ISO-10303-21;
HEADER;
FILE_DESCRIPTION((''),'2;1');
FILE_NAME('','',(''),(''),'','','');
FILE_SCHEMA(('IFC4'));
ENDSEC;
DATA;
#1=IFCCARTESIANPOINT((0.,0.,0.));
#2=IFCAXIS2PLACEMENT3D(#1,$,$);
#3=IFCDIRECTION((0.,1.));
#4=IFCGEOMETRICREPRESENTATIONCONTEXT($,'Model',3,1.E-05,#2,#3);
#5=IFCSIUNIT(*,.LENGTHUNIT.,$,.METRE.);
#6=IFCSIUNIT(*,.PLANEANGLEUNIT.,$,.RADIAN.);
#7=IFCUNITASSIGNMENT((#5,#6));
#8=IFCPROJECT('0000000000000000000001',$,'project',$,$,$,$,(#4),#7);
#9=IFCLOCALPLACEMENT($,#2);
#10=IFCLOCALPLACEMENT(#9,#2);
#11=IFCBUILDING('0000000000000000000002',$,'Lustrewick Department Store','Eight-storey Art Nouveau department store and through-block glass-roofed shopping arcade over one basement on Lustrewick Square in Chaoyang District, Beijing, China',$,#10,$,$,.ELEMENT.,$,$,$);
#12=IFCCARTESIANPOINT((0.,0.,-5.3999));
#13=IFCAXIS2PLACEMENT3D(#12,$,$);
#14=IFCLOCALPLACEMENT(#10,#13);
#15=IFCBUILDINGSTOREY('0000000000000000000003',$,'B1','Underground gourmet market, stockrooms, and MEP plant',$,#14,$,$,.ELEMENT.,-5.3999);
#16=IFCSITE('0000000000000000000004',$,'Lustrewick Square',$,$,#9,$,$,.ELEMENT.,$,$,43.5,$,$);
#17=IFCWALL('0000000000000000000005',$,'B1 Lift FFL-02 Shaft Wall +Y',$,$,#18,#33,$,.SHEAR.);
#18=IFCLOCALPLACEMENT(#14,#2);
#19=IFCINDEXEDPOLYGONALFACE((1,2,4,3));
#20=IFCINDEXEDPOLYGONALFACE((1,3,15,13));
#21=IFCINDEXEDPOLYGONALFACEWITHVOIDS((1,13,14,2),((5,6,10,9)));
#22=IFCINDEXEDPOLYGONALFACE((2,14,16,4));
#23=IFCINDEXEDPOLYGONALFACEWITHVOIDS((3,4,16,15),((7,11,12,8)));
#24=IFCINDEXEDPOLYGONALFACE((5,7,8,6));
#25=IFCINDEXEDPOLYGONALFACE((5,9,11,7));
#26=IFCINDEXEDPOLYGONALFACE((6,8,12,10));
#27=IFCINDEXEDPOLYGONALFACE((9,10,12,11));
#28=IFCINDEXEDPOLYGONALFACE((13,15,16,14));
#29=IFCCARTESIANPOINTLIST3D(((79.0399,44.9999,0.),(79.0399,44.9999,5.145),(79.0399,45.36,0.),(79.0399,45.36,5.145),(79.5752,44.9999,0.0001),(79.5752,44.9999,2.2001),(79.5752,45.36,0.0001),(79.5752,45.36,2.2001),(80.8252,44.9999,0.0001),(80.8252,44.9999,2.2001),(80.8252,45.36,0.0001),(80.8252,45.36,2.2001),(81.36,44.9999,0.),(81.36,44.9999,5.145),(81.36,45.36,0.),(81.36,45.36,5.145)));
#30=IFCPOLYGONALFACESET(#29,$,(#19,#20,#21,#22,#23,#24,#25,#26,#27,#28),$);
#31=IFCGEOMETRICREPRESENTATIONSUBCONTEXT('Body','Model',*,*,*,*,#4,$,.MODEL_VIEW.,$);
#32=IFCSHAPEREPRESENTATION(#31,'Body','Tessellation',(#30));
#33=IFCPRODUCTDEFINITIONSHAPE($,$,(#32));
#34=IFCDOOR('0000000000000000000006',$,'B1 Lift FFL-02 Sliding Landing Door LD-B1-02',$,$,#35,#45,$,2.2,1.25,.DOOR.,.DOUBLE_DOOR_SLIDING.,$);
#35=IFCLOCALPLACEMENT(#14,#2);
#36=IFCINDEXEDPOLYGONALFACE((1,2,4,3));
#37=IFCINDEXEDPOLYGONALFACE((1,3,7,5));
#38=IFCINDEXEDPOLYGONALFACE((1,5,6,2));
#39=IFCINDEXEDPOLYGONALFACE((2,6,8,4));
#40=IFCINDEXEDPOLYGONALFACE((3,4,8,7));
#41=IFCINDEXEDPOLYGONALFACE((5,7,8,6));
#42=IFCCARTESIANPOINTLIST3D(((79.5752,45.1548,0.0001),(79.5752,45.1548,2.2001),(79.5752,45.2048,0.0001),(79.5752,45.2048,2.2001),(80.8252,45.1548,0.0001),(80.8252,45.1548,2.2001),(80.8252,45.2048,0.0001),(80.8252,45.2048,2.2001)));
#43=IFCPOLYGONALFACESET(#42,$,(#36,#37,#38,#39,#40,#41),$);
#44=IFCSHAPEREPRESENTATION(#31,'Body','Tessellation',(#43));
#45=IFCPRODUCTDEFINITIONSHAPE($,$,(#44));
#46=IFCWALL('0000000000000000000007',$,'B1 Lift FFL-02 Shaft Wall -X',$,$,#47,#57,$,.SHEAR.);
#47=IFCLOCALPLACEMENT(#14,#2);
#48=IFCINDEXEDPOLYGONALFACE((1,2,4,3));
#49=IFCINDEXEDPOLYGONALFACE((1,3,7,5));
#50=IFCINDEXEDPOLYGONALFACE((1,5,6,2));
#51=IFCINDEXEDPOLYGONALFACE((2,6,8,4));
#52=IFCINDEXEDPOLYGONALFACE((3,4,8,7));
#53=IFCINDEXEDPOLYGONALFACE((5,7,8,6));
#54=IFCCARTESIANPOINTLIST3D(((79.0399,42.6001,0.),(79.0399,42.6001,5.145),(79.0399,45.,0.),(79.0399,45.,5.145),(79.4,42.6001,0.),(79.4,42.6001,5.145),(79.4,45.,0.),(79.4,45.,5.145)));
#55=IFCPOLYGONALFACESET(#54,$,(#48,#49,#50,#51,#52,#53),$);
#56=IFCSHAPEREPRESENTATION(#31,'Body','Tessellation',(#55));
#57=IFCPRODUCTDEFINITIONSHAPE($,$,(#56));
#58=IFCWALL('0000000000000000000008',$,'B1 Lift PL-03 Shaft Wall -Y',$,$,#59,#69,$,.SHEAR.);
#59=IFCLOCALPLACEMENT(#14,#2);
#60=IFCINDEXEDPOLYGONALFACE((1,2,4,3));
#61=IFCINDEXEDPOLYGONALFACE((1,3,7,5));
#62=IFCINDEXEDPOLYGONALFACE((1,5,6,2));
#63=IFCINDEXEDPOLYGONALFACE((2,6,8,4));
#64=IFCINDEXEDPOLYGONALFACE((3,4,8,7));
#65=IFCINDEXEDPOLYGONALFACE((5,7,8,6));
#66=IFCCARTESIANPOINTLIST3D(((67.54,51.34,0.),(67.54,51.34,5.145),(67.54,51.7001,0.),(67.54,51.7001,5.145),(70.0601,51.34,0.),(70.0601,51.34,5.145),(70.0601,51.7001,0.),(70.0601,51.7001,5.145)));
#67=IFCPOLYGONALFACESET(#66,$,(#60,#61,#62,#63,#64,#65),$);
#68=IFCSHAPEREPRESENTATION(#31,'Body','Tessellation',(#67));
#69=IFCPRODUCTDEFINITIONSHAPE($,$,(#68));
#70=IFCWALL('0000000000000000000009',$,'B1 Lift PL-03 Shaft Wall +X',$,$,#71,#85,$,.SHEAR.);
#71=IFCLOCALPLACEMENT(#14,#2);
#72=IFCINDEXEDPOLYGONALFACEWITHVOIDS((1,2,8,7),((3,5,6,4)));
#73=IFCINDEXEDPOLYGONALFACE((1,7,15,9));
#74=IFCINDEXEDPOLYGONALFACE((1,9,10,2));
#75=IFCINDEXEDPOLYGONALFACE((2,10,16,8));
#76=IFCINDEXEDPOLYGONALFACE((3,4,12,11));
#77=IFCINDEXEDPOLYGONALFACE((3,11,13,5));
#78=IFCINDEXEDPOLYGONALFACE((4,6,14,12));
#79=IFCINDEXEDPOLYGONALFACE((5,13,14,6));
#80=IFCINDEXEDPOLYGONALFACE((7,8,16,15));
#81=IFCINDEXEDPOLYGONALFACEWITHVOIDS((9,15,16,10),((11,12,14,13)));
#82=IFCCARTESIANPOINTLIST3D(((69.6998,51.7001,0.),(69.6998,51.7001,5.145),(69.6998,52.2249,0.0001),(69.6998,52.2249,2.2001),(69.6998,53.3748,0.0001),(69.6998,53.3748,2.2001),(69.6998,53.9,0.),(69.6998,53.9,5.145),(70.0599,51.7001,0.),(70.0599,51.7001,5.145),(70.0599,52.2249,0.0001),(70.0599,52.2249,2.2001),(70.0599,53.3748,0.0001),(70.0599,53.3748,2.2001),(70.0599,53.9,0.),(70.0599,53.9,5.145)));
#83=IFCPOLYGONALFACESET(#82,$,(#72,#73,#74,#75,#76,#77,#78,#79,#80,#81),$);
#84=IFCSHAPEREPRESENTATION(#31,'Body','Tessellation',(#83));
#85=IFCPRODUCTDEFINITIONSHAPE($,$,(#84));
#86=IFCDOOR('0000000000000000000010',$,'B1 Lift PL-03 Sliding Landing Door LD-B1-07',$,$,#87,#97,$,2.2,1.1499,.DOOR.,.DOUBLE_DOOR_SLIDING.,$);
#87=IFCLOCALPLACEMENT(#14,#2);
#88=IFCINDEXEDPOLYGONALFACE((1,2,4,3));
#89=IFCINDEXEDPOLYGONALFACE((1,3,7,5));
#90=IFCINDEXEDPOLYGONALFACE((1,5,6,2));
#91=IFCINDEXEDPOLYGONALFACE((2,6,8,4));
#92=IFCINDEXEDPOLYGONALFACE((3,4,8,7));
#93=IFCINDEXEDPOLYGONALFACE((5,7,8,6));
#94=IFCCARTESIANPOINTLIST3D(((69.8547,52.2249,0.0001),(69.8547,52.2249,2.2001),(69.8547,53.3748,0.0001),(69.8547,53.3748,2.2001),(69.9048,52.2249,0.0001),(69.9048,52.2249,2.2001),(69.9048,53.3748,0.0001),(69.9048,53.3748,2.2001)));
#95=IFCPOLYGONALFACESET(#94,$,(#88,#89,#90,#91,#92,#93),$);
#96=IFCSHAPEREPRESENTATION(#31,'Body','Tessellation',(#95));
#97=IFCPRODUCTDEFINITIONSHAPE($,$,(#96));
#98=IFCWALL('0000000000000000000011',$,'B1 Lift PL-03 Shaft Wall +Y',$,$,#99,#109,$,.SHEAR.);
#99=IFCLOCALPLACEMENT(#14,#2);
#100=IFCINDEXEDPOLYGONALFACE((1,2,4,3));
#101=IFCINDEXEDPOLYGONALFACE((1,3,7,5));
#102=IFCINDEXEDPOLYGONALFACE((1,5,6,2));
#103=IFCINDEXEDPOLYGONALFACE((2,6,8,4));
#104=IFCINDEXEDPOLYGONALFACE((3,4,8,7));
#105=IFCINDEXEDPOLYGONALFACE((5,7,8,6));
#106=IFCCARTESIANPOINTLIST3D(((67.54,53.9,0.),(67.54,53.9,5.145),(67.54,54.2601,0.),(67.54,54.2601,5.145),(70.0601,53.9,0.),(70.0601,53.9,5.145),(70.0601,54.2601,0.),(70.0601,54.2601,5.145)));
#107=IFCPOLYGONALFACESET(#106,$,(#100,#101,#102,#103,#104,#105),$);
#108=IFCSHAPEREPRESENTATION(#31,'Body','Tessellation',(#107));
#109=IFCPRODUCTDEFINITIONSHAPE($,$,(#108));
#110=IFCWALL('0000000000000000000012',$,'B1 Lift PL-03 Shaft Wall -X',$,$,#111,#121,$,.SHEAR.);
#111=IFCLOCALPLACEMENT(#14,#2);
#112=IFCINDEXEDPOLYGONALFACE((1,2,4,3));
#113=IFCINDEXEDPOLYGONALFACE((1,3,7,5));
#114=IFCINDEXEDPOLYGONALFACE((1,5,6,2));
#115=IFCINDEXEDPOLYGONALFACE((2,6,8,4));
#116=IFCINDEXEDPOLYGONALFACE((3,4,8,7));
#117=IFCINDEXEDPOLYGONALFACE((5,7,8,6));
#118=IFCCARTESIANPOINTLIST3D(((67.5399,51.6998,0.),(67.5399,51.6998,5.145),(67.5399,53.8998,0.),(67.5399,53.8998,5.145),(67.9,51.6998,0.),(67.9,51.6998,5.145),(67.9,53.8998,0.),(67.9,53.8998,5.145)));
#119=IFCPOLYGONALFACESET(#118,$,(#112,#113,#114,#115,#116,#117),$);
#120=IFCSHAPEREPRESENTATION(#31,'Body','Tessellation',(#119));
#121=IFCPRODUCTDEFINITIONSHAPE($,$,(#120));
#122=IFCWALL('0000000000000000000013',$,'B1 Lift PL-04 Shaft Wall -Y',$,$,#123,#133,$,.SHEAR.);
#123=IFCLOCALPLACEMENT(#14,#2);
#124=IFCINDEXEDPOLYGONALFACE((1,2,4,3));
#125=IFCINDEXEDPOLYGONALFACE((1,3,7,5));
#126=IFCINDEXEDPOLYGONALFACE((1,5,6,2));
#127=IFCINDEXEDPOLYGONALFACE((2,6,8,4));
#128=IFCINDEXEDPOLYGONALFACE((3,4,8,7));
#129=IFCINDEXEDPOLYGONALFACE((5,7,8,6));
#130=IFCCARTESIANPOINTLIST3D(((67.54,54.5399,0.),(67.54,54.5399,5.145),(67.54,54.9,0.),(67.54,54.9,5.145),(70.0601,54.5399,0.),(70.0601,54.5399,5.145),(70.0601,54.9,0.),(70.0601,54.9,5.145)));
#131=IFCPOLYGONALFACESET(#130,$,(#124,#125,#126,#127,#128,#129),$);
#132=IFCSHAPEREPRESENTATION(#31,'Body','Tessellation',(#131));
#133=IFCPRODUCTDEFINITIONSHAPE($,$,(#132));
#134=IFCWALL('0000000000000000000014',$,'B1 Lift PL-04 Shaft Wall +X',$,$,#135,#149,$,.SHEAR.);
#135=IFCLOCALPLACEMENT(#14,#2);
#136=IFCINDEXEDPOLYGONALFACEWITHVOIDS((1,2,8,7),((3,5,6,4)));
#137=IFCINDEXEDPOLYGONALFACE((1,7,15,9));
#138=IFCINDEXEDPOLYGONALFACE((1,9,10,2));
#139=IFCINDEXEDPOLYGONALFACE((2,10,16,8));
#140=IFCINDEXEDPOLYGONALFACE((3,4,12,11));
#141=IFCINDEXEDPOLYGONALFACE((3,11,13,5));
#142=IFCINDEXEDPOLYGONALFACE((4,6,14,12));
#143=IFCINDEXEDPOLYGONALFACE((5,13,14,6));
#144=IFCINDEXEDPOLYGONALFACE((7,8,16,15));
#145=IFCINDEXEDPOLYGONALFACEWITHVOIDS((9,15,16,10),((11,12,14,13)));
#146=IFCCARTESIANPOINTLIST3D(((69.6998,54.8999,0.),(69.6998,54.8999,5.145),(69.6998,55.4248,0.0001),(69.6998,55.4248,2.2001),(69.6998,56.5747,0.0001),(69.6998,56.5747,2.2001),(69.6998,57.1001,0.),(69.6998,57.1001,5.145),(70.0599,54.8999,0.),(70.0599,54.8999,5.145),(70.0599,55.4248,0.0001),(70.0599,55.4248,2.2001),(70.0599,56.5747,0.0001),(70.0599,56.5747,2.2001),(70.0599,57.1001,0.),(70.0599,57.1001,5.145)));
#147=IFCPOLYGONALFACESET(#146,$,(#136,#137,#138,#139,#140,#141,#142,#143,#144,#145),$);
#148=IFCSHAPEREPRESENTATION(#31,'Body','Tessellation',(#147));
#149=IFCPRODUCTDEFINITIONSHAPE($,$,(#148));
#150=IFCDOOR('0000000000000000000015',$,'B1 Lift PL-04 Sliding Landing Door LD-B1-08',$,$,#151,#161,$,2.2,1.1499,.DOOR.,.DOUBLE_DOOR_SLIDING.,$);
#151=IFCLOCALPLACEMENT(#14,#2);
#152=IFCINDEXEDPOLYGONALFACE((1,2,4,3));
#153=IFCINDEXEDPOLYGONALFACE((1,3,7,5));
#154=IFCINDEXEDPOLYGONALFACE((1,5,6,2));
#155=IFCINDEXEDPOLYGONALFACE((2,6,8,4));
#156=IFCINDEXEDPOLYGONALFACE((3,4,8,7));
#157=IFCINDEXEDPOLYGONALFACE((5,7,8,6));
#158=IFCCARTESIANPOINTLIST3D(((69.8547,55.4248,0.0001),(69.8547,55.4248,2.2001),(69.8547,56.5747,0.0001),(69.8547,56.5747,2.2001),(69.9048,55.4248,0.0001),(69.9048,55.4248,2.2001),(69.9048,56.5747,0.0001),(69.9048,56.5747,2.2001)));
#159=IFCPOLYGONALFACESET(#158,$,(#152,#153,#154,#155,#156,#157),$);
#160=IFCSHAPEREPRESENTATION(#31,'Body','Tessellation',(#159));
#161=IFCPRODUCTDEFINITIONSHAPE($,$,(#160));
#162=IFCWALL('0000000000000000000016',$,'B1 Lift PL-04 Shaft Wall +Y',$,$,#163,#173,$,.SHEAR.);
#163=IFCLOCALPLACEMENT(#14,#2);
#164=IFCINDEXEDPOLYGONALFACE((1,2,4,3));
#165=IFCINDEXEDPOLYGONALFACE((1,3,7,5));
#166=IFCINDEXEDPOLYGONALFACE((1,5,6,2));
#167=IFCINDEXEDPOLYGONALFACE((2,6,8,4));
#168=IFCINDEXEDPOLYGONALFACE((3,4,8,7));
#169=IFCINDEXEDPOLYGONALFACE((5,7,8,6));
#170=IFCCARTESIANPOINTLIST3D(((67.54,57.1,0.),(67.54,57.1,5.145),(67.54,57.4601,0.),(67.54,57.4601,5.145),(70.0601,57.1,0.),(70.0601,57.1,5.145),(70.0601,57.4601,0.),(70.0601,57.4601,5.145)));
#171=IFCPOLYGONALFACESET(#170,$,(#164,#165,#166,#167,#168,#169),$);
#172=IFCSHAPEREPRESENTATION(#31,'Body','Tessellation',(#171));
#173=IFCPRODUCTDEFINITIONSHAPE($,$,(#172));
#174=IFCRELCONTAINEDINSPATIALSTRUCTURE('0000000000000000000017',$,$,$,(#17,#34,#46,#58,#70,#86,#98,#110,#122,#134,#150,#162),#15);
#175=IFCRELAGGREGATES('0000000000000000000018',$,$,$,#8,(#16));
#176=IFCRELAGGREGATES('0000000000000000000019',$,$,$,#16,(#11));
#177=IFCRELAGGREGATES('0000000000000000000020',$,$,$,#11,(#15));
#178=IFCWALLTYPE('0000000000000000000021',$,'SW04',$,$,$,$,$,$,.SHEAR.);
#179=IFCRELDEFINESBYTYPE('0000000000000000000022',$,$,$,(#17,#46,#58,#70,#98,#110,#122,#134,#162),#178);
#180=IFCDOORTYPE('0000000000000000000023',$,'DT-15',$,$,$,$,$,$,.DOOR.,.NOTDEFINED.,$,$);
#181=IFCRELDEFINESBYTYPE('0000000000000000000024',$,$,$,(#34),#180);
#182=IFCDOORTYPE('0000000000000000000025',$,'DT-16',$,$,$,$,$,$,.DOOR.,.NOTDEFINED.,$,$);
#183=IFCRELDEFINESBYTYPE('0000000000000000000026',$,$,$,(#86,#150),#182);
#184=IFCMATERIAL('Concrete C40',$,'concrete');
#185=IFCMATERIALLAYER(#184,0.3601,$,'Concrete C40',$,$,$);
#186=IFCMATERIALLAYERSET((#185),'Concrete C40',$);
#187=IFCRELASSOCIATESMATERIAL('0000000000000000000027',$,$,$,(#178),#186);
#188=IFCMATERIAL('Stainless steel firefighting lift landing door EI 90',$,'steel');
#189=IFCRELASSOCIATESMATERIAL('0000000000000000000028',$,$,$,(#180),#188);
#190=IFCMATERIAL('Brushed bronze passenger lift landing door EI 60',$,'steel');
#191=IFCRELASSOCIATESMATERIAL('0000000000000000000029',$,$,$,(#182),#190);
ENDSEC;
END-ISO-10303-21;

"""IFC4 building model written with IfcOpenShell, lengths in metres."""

from ifc_helpers import new_model, si_unit, direction, frame, frame_2d, origin, place, context, subcontext, project, spatial, rectangle, extrude, material, layer, layer_set, type_object, element, fill, save


model = new_model("IFC4")

# Units and contexts
model_context = context("Model", 3, precision=1e-05, world=origin(), true_north=direction((0.0, 1.0)))
body_context = subcontext(model_context, "Body", "Model", "MODEL_VIEW")
ifc_project = project(units=[si_unit("LENGTHUNIT", "METRE"), si_unit("PLANEANGLEUNIT", "RADIAN")], contexts=[model_context])

# Site, building, storey
site_placement = place(None, origin())
site = spatial("IfcSite", under=ifc_project, at=site_placement, Name="Lustrewick Square", CompositionType="ELEMENT", RefElevation=43.5)
building_placement = place(site_placement, origin())
building = spatial("IfcBuilding", under=site, at=building_placement, Name="Lustrewick Department Store", Description="Eight-storey Art Nouveau department store and through-block glass-roofed shopping arcade over one basement on Lustrewick Square in Chaoyang District, Beijing, China", CompositionType="ELEMENT")
storey_placement = place(building_placement, frame((0.0, 0.0, -5.3999)))
storey = spatial("IfcBuildingStorey", under=building, at=storey_placement, Name="B1", Description="Underground gourmet market, stockrooms, and MEP plant", CompositionType="ELEMENT", Elevation=-5.3999)

# Shared definitions
ifc_material_1 = material(Name="Concrete C40", Category="concrete")

# Wall, opening, door
ifc_layer_1 = layer(ifc_material_1, 0.3601, Name="Concrete C40")
ifc_layer_set_1 = layer_set([ifc_layer_1], Name="Concrete C40")
wall_type_1 = type_object("IfcWallType", Name="SW04", PredefinedType="SHEAR", material=ifc_layer_set_1)
wall_1_placement = place(storey_placement, frame((81.3601, 45.1799, 0.0), z_axis=(0.0, 0.0, 1.0), x_axis=(-1.0, 0.0, 0.0)))
wall_1 = element("IfcWall", 1, at=wall_1_placement, inside=storey, type_object=wall_type_1, Name="B1 Lift FFL-02 Shaft Wall +Y", PredefinedType="SHEAR", context=body_context, shape_type="SweptSolid", body=[
    extrude(rectangle(XDim=2.3201, YDim=0.3601, at=frame_2d((1.1602, 0.0))), origin(), (0.0, 0.0, 1.0), 5.145),
])
opening_1_placement = place(wall_1_placement, frame((0.5349, 0.0, 0.0)))
opening_1 = element("IfcOpeningElement", 2, at=opening_1_placement, cuts=wall_1, PredefinedType="OPENING", context=body_context, shape_type="SweptSolid", body=[
    extrude(rectangle(XDim=1.25, YDim=2.2, at=frame_2d((0.625, 1.1001))), frame((0.0, 0.1899, 0.0), z_axis=(0.0, -1.0, 0.0), x_axis=(1.0, 0.0, 0.0)), (0.0, 0.0, 1.0), 0.3801),
])
ifc_material_2 = material(Name="Stainless steel firefighting lift landing door EI 90", Category="steel")
door_type_1 = type_object("IfcDoorType", Name="DT-15", OperationType="NOTDEFINED", PredefinedType="DOOR", material=ifc_material_2)
door_1_placement = place(opening_1_placement, frame((1.25, 0.0, 0.0), z_axis=(0.0, 0.0, 1.0), x_axis=(-1.0, 0.0, 0.0)))
door_1 = element("IfcDoor", 3, at=door_1_placement, inside=storey, type_object=door_type_1, Name="B1 Lift FFL-02 Sliding Landing Door LD-B1-02", OperationType="DOUBLE_DOOR_SLIDING", OverallHeight=2.2, OverallWidth=1.25, PredefinedType="DOOR", context=body_context, shape_type="SweptSolid", body=[
    extrude(rectangle(XDim=1.25, YDim=2.2, at=frame_2d((0.625, 1.1001))), frame((0.0, 0.0249, 0.0), z_axis=(0.0, -1.0, 0.0), x_axis=(1.0, 0.0, 0.0)), (0.0, 0.0, 1.0), 0.05),
])
fill(opening_1, door_1)

# Walls
wall_2_placement = place(storey_placement, frame((79.22, 45.0, 0.0), z_axis=(0.0, 0.0, 1.0), x_axis=(0.0, -1.0, 0.0)))
element("IfcWall", 4, at=wall_2_placement, inside=storey, type_object=wall_type_1, Name="B1 Lift FFL-02 Shaft Wall -X", PredefinedType="SHEAR", context=body_context, shape_type="SweptSolid", body=[
    extrude(rectangle(XDim=2.3999, YDim=0.3601, at=frame_2d((1.2, 0.0))), origin(), (0.0, 0.0, 1.0), 5.145),
])
wall_3_placement = place(storey_placement, frame((67.54, 51.52, 0.0), z_axis=(0.0, 0.0, 1.0), x_axis=(1.0, 0.0, 0.0)))
element("IfcWall", 5, at=wall_3_placement, inside=storey, type_object=wall_type_1, Name="B1 Lift PL-03 Shaft Wall -Y", PredefinedType="SHEAR", context=body_context, shape_type="SweptSolid", body=[
    extrude(rectangle(XDim=2.52, YDim=0.3601, at=frame_2d((1.26, 0.0))), origin(), (0.0, 0.0, 1.0), 5.145),
])

# Wall, opening, door
wall_4_placement = place(storey_placement, frame((69.8799, 51.7, 0.0), z_axis=(0.0, 0.0, 1.0), x_axis=(0.0, 1.0, 0.0)))
wall_4 = element("IfcWall", 6, at=wall_4_placement, inside=storey, type_object=wall_type_1, Name="B1 Lift PL-03 Shaft Wall +X", PredefinedType="SHEAR", context=body_context, shape_type="SweptSolid", body=[
    extrude(rectangle(XDim=2.2, YDim=0.3601, at=frame_2d((1.1001, 0.0))), origin(), (0.0, 0.0, 1.0), 5.145),
])
opening_2_placement = place(wall_4_placement, frame((0.5249, 0.0, 0.0)))
opening_2 = element("IfcOpeningElement", 7, at=opening_2_placement, cuts=wall_4, PredefinedType="OPENING", context=body_context, shape_type="SweptSolid", body=[
    extrude(rectangle(XDim=1.1499, YDim=2.2, at=frame_2d((0.575, 1.1001))), frame((0.0, 0.1899, 0.0), z_axis=(0.0, -1.0, 0.0), x_axis=(1.0, 0.0, 0.0)), (0.0, 0.0, 1.0), 0.3801),
])
ifc_material_3 = material(Name="Brushed bronze passenger lift landing door EI 60", Category="steel")
door_type_2 = type_object("IfcDoorType", Name="DT-16", OperationType="NOTDEFINED", PredefinedType="DOOR", material=ifc_material_3)
door_2_placement = place(opening_2_placement, frame((1.1499, 0.0, 0.0), z_axis=(0.0, 0.0, 1.0), x_axis=(-1.0, 0.0, 0.0)))
door_2 = element("IfcDoor", 8, at=door_2_placement, inside=storey, type_object=door_type_2, Name="B1 Lift PL-03 Sliding Landing Door LD-B1-07", OperationType="DOUBLE_DOOR_SLIDING", OverallHeight=2.2, OverallWidth=1.1499, PredefinedType="DOOR", context=body_context, shape_type="SweptSolid", body=[
    extrude(rectangle(XDim=1.1499, YDim=2.2, at=frame_2d((0.575, 1.1001))), frame((0.0, 0.0249, 0.0), z_axis=(0.0, -1.0, 0.0), x_axis=(1.0, 0.0, 0.0)), (0.0, 0.0, 1.0), 0.05),
])
fill(opening_2, door_2)

# Walls
wall_5_placement = place(storey_placement, frame((70.0601, 54.0801, 0.0), z_axis=(0.0, 0.0, 1.0), x_axis=(-1.0, 0.0, 0.0)))
element("IfcWall", 9, at=wall_5_placement, inside=storey, type_object=wall_type_1, Name="B1 Lift PL-03 Shaft Wall +Y", PredefinedType="SHEAR", context=body_context, shape_type="SweptSolid", body=[
    extrude(rectangle(XDim=2.52, YDim=0.3601, at=frame_2d((1.26, 0.0))), origin(), (0.0, 0.0, 1.0), 5.145),
])
wall_6_placement = place(storey_placement, frame((67.72, 53.8999, 0.0), z_axis=(0.0, 0.0, 1.0), x_axis=(0.0, -1.0, 0.0)))
element("IfcWall", 10, at=wall_6_placement, inside=storey, type_object=wall_type_1, Name="B1 Lift PL-03 Shaft Wall -X", PredefinedType="SHEAR", context=body_context, shape_type="SweptSolid", body=[
    extrude(rectangle(XDim=2.2, YDim=0.3601, at=frame_2d((1.1001, 0.0))), origin(), (0.0, 0.0, 1.0), 5.145),
])
wall_7_placement = place(storey_placement, frame((67.54, 54.72, 0.0), z_axis=(0.0, 0.0, 1.0), x_axis=(1.0, 0.0, 0.0)))
element("IfcWall", 11, at=wall_7_placement, inside=storey, type_object=wall_type_1, Name="B1 Lift PL-04 Shaft Wall -Y", PredefinedType="SHEAR", context=body_context, shape_type="SweptSolid", body=[
    extrude(rectangle(XDim=2.52, YDim=0.3601, at=frame_2d((1.26, 0.0))), origin(), (0.0, 0.0, 1.0), 5.145),
])

# Wall, opening, door
wall_8_placement = place(storey_placement, frame((69.8799, 54.8999, 0.0), z_axis=(0.0, 0.0, 1.0), x_axis=(0.0, 1.0, 0.0)))
wall_8 = element("IfcWall", 12, at=wall_8_placement, inside=storey, type_object=wall_type_1, Name="B1 Lift PL-04 Shaft Wall +X", PredefinedType="SHEAR", context=body_context, shape_type="SweptSolid", body=[
    extrude(rectangle(XDim=2.2002, YDim=0.3601, at=frame_2d((1.1001, 0.0))), origin(), (0.0, 0.0, 1.0), 5.145),
])
opening_3_placement = place(wall_8_placement, frame((0.5249, 0.0, 0.0)))
opening_3 = element("IfcOpeningElement", 13, at=opening_3_placement, cuts=wall_8, PredefinedType="OPENING", context=body_context, shape_type="SweptSolid", body=[
    extrude(rectangle(XDim=1.1499, YDim=2.2, at=frame_2d((0.575, 1.1001))), frame((0.0, 0.1899, 0.0), z_axis=(0.0, -1.0, 0.0), x_axis=(1.0, 0.0, 0.0)), (0.0, 0.0, 1.0), 0.3801),
])
door_3_placement = place(opening_3_placement, frame((1.1499, 0.0, 0.0), z_axis=(0.0, 0.0, 1.0), x_axis=(-1.0, 0.0, 0.0)))
door_3 = element("IfcDoor", 14, at=door_3_placement, inside=storey, type_object=door_type_2, Name="B1 Lift PL-04 Sliding Landing Door LD-B1-08", OperationType="DOUBLE_DOOR_SLIDING", OverallHeight=2.2, OverallWidth=1.1499, PredefinedType="DOOR", context=body_context, shape_type="SweptSolid", body=[
    extrude(rectangle(XDim=1.1499, YDim=2.2, at=frame_2d((0.575, 1.1001))), frame((0.0, 0.0249, 0.0), z_axis=(0.0, -1.0, 0.0), x_axis=(1.0, 0.0, 0.0)), (0.0, 0.0, 1.0), 0.05),
])
fill(opening_3, door_3)

# Wall
wall_9_placement = place(storey_placement, frame((70.0601, 57.28, 0.0), z_axis=(0.0, 0.0, 1.0), x_axis=(-1.0, 0.0, 0.0)))
element("IfcWall", 15, at=wall_9_placement, inside=storey, type_object=wall_type_1, Name="B1 Lift PL-04 Shaft Wall +Y", PredefinedType="SHEAR", context=body_context, shape_type="SweptSolid", body=[
    extrude(rectangle(XDim=2.52, YDim=0.3601, at=frame_2d((1.26, 0.0))), origin(), (0.0, 0.0, 1.0), 5.145),
])

save(model, "model.ifc")
